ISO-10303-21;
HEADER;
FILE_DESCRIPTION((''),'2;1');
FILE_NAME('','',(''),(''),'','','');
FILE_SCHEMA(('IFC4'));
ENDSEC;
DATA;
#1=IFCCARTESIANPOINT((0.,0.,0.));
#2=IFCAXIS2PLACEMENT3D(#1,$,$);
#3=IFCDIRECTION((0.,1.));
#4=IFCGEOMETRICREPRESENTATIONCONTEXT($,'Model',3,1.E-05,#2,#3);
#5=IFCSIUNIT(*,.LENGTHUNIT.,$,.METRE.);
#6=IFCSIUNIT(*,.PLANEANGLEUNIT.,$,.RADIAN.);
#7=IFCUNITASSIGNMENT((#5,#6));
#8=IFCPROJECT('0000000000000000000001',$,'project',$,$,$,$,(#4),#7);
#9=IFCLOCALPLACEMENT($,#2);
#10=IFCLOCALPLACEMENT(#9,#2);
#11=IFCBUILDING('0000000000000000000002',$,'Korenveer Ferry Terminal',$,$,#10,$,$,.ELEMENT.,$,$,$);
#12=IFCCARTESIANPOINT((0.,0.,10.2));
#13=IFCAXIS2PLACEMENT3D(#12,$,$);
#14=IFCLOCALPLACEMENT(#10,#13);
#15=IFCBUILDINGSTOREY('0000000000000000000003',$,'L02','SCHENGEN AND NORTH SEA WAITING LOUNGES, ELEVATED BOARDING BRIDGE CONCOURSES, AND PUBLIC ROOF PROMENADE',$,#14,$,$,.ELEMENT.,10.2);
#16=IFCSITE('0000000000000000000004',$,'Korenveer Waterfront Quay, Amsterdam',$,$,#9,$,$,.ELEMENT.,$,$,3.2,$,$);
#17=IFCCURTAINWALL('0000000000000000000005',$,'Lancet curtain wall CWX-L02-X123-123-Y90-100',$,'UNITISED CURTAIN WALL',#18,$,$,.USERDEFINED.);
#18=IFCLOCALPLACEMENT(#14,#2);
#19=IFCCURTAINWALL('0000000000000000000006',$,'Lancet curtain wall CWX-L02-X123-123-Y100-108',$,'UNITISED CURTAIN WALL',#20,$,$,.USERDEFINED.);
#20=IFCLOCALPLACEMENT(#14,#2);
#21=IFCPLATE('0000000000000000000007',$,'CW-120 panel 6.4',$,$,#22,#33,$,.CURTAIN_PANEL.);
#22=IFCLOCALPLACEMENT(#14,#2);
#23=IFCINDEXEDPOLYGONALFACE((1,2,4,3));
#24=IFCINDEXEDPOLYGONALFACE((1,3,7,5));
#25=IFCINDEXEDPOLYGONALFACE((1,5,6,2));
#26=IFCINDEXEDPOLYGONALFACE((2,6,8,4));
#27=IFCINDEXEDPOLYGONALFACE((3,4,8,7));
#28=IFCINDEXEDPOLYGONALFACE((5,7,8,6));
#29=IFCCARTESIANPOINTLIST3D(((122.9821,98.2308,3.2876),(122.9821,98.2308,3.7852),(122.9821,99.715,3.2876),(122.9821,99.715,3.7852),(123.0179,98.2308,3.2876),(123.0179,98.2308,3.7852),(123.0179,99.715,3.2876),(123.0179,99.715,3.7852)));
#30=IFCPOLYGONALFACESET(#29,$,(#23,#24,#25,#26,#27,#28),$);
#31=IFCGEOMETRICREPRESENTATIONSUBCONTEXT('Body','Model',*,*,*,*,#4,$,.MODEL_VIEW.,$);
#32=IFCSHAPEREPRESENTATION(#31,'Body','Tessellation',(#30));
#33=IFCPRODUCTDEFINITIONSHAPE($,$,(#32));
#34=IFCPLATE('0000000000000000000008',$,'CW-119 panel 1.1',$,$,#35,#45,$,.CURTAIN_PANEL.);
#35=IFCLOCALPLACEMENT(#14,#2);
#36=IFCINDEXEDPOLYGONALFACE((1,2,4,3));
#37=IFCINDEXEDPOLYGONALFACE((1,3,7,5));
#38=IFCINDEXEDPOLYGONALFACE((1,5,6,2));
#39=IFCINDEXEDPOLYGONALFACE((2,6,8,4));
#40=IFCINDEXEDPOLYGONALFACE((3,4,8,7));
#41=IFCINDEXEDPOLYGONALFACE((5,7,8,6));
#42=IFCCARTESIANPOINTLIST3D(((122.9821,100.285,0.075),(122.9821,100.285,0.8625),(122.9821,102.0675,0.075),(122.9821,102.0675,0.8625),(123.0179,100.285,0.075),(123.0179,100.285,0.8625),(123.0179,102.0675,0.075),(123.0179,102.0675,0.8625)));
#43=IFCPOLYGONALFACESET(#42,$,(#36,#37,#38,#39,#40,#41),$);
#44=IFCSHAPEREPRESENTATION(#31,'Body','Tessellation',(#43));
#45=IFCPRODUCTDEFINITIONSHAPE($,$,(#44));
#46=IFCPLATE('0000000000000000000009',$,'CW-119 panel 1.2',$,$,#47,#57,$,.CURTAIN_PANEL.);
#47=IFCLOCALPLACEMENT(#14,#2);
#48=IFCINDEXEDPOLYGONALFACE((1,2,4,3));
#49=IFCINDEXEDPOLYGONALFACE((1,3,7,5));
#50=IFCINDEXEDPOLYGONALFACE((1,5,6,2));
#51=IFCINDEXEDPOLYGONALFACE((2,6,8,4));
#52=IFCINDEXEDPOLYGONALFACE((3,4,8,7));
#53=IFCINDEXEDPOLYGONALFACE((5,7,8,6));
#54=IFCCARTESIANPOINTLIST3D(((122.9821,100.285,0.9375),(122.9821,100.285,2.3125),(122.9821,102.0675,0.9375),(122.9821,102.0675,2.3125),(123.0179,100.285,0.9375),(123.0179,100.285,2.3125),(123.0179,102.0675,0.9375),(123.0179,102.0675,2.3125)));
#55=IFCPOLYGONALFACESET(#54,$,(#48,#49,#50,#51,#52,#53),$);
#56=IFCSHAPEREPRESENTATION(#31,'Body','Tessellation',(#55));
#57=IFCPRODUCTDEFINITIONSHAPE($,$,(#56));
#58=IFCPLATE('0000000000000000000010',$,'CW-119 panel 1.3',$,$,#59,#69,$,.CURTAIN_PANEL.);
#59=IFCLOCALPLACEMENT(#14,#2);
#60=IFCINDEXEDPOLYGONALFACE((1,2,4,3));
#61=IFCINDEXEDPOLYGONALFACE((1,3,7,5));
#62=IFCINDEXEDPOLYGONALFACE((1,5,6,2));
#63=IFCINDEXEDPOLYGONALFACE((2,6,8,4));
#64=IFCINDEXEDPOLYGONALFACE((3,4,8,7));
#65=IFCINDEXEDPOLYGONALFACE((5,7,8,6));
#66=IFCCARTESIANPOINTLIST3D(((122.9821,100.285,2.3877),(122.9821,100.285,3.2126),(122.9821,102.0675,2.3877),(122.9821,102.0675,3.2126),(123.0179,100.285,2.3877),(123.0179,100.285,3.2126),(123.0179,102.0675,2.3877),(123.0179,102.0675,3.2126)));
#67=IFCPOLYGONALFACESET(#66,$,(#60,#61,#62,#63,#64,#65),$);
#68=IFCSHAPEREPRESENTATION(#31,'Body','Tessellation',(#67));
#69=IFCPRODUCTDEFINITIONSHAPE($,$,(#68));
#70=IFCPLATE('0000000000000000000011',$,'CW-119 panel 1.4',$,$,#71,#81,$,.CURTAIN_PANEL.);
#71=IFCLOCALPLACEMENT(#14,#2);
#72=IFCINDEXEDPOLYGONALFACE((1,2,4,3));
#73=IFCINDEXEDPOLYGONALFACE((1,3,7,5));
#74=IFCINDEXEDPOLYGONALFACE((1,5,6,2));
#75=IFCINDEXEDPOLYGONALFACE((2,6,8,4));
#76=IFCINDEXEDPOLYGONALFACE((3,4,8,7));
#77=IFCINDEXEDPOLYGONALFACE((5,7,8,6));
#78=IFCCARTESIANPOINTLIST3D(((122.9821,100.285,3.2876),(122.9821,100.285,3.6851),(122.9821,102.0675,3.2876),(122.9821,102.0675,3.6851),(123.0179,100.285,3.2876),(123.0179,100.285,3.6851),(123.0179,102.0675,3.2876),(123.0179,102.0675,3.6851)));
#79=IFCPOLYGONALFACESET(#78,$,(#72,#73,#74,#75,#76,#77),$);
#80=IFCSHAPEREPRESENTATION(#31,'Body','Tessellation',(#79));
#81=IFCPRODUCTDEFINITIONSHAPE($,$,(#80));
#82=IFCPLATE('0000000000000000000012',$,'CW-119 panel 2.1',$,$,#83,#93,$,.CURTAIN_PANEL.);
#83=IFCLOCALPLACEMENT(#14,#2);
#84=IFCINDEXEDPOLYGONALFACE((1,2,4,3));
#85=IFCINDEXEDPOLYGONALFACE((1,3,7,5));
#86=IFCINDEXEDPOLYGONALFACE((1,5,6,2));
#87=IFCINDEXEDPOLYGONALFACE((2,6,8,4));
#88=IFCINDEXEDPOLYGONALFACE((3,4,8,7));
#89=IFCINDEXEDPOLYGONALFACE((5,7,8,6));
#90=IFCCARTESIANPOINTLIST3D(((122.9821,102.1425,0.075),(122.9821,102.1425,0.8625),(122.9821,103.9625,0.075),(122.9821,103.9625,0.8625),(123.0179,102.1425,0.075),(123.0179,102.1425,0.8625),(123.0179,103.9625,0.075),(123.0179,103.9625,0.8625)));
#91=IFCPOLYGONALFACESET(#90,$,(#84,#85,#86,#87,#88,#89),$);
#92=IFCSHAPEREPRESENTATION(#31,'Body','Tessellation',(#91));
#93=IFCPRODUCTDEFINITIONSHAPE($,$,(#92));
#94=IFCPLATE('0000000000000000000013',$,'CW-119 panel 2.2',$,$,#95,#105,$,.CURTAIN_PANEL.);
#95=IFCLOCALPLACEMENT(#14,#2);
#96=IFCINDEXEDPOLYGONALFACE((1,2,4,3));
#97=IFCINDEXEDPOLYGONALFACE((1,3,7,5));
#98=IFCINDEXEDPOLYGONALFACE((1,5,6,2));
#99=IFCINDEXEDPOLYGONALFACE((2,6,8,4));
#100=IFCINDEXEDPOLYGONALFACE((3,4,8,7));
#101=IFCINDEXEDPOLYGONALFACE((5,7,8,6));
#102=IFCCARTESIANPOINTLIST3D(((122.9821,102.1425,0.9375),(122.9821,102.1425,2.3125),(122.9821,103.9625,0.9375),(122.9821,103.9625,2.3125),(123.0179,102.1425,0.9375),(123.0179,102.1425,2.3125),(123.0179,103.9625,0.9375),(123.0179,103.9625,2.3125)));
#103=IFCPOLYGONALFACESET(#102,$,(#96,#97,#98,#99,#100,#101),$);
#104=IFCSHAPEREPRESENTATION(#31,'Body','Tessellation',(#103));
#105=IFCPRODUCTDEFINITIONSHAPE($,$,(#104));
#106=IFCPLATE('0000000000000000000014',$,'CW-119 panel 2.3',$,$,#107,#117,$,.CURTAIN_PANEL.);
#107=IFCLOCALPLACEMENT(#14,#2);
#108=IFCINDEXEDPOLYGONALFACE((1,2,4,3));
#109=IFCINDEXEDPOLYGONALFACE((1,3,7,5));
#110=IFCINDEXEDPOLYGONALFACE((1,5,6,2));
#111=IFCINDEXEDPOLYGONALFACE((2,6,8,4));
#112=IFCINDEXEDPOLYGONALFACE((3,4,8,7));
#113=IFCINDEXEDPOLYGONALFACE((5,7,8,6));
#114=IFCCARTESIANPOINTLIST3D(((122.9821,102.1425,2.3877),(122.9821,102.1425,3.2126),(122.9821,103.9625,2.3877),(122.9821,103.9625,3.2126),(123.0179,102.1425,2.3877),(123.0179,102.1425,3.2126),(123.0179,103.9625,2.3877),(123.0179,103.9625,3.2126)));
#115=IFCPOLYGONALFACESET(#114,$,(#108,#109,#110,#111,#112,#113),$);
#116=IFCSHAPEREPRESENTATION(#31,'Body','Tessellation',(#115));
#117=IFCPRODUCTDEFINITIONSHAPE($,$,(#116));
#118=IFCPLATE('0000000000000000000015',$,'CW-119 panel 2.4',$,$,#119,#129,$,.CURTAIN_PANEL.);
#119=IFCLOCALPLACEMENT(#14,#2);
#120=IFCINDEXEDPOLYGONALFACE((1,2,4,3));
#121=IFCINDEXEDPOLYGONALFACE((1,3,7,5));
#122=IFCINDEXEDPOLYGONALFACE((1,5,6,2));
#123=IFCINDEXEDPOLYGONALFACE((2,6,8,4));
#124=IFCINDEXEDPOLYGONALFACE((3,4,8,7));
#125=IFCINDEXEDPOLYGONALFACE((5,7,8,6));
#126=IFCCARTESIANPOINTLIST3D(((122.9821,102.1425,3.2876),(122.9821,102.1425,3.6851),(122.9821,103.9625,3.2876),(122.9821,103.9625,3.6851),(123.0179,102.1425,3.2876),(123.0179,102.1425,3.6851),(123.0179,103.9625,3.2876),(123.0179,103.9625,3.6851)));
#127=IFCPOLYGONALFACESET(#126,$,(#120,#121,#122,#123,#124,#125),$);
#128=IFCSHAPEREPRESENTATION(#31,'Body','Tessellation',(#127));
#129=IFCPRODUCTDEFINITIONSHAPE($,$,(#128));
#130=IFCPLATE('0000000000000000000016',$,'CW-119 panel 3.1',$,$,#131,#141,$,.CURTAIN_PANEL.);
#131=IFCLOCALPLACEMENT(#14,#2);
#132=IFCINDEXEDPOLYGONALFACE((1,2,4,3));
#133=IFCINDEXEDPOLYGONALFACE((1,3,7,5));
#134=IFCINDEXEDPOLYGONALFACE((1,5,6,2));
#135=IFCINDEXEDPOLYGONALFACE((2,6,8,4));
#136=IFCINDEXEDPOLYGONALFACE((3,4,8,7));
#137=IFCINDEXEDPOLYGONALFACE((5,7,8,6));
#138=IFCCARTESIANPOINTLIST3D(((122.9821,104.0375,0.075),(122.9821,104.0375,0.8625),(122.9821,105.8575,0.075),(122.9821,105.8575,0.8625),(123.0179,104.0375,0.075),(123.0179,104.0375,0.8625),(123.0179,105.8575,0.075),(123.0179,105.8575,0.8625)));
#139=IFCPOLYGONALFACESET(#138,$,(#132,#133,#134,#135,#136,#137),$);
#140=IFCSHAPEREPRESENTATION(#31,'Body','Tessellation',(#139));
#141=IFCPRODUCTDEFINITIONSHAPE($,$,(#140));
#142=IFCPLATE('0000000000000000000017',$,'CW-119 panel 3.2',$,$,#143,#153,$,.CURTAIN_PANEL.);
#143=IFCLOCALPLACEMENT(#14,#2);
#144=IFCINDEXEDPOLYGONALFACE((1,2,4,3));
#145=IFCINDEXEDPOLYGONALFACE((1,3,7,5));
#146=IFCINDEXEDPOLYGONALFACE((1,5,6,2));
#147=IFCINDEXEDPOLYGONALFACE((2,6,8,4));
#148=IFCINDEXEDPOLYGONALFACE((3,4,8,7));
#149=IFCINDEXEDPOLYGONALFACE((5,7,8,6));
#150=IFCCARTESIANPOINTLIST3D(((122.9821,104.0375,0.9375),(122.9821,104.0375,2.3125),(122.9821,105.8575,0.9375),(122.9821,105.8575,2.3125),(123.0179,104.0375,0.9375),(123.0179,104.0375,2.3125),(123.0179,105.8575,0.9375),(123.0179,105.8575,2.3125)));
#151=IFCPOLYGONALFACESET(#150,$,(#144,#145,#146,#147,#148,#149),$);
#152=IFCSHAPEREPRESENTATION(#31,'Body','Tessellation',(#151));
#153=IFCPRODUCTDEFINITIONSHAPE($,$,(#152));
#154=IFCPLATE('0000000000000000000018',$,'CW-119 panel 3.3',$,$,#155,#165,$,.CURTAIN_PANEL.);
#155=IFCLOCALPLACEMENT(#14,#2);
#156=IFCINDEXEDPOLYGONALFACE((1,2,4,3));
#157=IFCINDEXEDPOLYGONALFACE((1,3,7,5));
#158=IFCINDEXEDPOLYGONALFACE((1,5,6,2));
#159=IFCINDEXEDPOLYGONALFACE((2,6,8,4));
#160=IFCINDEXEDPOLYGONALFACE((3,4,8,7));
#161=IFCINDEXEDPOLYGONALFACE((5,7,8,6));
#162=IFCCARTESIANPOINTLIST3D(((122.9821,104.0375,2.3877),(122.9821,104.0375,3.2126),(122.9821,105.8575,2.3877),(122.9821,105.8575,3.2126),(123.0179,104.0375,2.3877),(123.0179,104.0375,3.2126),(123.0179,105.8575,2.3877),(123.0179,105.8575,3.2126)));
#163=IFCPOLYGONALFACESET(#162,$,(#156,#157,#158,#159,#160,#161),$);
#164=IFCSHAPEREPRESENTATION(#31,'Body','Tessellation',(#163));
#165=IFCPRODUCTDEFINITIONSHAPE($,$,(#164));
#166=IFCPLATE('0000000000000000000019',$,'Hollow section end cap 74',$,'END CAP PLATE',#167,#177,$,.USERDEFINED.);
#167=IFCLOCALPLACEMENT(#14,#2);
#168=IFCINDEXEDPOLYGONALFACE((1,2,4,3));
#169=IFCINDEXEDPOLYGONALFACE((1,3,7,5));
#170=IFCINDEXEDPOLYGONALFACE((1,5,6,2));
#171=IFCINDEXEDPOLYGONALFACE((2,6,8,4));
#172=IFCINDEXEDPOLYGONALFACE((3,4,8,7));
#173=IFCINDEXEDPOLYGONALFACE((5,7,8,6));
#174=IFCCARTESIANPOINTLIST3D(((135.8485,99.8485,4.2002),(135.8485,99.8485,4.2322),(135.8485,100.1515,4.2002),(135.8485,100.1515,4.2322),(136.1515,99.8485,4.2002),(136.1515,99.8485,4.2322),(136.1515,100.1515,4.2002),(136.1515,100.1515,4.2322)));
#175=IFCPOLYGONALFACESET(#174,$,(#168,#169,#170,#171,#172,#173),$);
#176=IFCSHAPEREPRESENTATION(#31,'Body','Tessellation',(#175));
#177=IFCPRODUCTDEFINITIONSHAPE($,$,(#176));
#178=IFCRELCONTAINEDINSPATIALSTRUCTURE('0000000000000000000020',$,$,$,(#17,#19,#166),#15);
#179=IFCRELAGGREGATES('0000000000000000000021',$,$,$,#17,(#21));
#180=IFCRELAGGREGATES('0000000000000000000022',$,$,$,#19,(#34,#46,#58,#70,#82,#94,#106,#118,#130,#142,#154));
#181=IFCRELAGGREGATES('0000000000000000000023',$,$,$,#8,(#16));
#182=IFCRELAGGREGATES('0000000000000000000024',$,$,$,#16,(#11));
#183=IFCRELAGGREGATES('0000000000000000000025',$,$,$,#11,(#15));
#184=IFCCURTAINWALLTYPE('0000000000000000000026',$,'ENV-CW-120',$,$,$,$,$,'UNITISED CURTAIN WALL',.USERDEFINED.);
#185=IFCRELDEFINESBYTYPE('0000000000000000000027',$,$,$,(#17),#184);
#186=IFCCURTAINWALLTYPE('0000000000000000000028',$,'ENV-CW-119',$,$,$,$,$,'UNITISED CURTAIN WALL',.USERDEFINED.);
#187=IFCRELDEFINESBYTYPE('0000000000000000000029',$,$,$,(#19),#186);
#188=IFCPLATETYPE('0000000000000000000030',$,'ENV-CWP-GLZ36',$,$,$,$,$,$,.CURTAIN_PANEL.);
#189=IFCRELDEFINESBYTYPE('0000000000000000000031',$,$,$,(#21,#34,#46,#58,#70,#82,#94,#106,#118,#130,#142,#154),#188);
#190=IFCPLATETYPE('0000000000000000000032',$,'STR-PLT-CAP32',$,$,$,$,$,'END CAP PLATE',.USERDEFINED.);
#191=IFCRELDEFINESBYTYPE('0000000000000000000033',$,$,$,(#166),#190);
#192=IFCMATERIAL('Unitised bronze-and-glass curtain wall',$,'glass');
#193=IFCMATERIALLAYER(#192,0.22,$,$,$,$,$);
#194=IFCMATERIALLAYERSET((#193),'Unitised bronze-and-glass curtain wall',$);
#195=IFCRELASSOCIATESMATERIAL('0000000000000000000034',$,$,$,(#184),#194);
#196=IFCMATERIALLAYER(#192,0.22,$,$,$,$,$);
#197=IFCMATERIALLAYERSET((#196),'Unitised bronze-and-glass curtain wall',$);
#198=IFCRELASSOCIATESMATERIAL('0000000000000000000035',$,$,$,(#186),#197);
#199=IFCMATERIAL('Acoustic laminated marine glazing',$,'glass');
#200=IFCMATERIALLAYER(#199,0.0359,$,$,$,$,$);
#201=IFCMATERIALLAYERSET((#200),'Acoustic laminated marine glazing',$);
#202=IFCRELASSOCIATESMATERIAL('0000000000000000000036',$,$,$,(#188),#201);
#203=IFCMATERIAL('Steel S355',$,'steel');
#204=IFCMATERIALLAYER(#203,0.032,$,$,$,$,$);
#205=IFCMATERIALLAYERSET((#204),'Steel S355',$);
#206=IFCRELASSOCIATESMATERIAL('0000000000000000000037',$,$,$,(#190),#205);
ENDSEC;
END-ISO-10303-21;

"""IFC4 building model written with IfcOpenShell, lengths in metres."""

from ifc_helpers import new_model, si_unit, direction, frame, origin, origin_2d, place, context, subcontext, project, spatial, rectangle, extrude, material, layer, layer_set, type_object, element, aggregate, save


model = new_model("IFC4")

# Units and contexts
model_context = context("Model", 3, precision=1e-05, world=origin(), true_north=direction((0.0, 1.0)))
body_context = subcontext(model_context, "Body", "Model", "MODEL_VIEW")
ifc_project = project(units=[si_unit("LENGTHUNIT", "METRE"), si_unit("PLANEANGLEUNIT", "RADIAN")], contexts=[model_context])

# Site, building, storey
site_placement = place(None, origin())
site = spatial("IfcSite", under=ifc_project, at=site_placement, Name="Korenveer Waterfront Quay, Amsterdam", CompositionType="ELEMENT", RefElevation=3.2)
building_placement = place(site_placement, origin())
building = spatial("IfcBuilding", under=site, at=building_placement, Name="Korenveer Ferry Terminal", CompositionType="ELEMENT")
storey_placement = place(building_placement, frame((0.0, 0.0, 10.2)))
storey = spatial("IfcBuildingStorey", under=building, at=storey_placement, Name="L02", Description="SCHENGEN AND NORTH SEA WAITING LOUNGES, ELEVATED BOARDING BRIDGE CONCOURSES, AND PUBLIC ROOF PROMENADE", CompositionType="ELEMENT", Elevation=10.2)

# Shared definitions
ifc_material_1 = material(Name="Steel S355", Category="steel")

# Curtain wall
ifc_material_2 = material(Name="Unitised bronze-and-glass curtain wall", Category="glass")
ifc_layer_1 = layer(ifc_material_2, 0.22)
ifc_layer_set_1 = layer_set([ifc_layer_1], Name="Unitised bronze-and-glass curtain wall")
curtain_wall_type_1 = type_object("IfcCurtainWallType", Name="ENV-CW-120", ElementType="UNITISED CURTAIN WALL", PredefinedType="USERDEFINED", material=ifc_layer_set_1)
curtain_wall_1_placement = place(storey_placement, frame((123.0, 90.21, 0.0)))
curtain_wall_1 = element("IfcCurtainWall", 1, at=curtain_wall_1_placement, inside=storey, type_object=curtain_wall_type_1, Name="Lancet curtain wall CWX-L02-X123-123-Y90-100", ObjectType="UNITISED CURTAIN WALL", PredefinedType="USERDEFINED")

# Curtain wall
ifc_layer_2 = layer(ifc_material_2, 0.22)
ifc_layer_set_2 = layer_set([ifc_layer_2], Name="Unitised bronze-and-glass curtain wall")
curtain_wall_type_2 = type_object("IfcCurtainWallType", Name="ENV-CW-119", ElementType="UNITISED CURTAIN WALL", PredefinedType="USERDEFINED", material=ifc_layer_set_2)
curtain_wall_2_placement = place(storey_placement, frame((123.0, 100.21, 0.0)))
curtain_wall_2 = element("IfcCurtainWall", 2, at=curtain_wall_2_placement, inside=storey, type_object=curtain_wall_type_2, Name="Lancet curtain wall CWX-L02-X123-123-Y100-108", ObjectType="UNITISED CURTAIN WALL", PredefinedType="USERDEFINED")

# Plates
ifc_material_3 = material(Name="Acoustic laminated marine glazing", Category="glass")
ifc_layer_3 = layer(ifc_material_3, 0.0359)
ifc_layer_set_3 = layer_set([ifc_layer_3], Name="Acoustic laminated marine glazing")
plate_type_1 = type_object("IfcPlateType", Name="ENV-CWP-GLZ36", PredefinedType="CURTAIN_PANEL", material=ifc_layer_set_3)
plate_1_placement = place(storey_placement, frame((123.0, 98.9729, 3.2876), z_axis=(0.0, 0.0, 1.0), x_axis=(0.0, 1.0, 0.0)))
plate_1 = element("IfcPlate", 3, at=plate_1_placement, type_object=plate_type_1, Name="CW-120 panel 6.4", PredefinedType="CURTAIN_PANEL", context=body_context, shape_type="SweptSolid", body=[
    extrude(rectangle(XDim=1.4841, YDim=0.0359, at=origin_2d()), origin(), (0.0, 0.0, 1.0), 0.4976),
])
aggregate(curtain_wall_1, [plate_1])
plate_2_placement = place(storey_placement, frame((123.0, 101.1763, 0.075), z_axis=(0.0, 0.0, 1.0), x_axis=(0.0, 1.0, 0.0)))
plate_2 = element("IfcPlate", 4, at=plate_2_placement, type_object=plate_type_1, Name="CW-119 panel 1.1", PredefinedType="CURTAIN_PANEL", context=body_context, shape_type="SweptSolid", body=[
    extrude(rectangle(XDim=1.7825, YDim=0.0359, at=origin_2d()), origin(), (0.0, 0.0, 1.0), 0.7876),
])
plate_3_placement = place(storey_placement, frame((123.0, 101.1763, 0.9375), z_axis=(0.0, 0.0, 1.0), x_axis=(0.0, 1.0, 0.0)))
plate_3 = element("IfcPlate", 5, at=plate_3_placement, type_object=plate_type_1, Name="CW-119 panel 1.2", PredefinedType="CURTAIN_PANEL", context=body_context, shape_type="SweptSolid", body=[
    extrude(rectangle(XDim=1.7825, YDim=0.0359, at=origin_2d()), origin(), (0.0, 0.0, 1.0), 1.375),
])
plate_4_placement = place(storey_placement, frame((123.0, 101.1763, 2.3877), z_axis=(0.0, 0.0, 1.0), x_axis=(0.0, 1.0, 0.0)))
plate_4 = element("IfcPlate", 6, at=plate_4_placement, type_object=plate_type_1, Name="CW-119 panel 1.3", PredefinedType="CURTAIN_PANEL", context=body_context, shape_type="SweptSolid", body=[
    extrude(rectangle(XDim=1.7825, YDim=0.0359, at=origin_2d()), origin(), (0.0, 0.0, 1.0), 0.825),
])
plate_5_placement = place(storey_placement, frame((123.0, 101.1763, 3.2876), z_axis=(0.0, 0.0, 1.0), x_axis=(0.0, 1.0, 0.0)))
plate_5 = element("IfcPlate", 7, at=plate_5_placement, type_object=plate_type_1, Name="CW-119 panel 1.4", PredefinedType="CURTAIN_PANEL", context=body_context, shape_type="SweptSolid", body=[
    extrude(rectangle(XDim=1.7825, YDim=0.0359, at=origin_2d()), origin(), (0.0, 0.0, 1.0), 0.3975),
])
plate_6_placement = place(storey_placement, frame((123.0, 103.0525, 0.075), z_axis=(0.0, 0.0, 1.0), x_axis=(0.0, 1.0, 0.0)))
plate_6 = element("IfcPlate", 8, at=plate_6_placement, type_object=plate_type_1, Name="CW-119 panel 2.1", PredefinedType="CURTAIN_PANEL", context=body_context, shape_type="SweptSolid", body=[
    extrude(rectangle(XDim=1.8201, YDim=0.0359, at=origin_2d()), origin(), (0.0, 0.0, 1.0), 0.7876),
])
plate_7_placement = place(storey_placement, frame((123.0, 103.0525, 0.9375), z_axis=(0.0, 0.0, 1.0), x_axis=(0.0, 1.0, 0.0)))
plate_7 = element("IfcPlate", 9, at=plate_7_placement, type_object=plate_type_1, Name="CW-119 panel 2.2", PredefinedType="CURTAIN_PANEL", context=body_context, shape_type="SweptSolid", body=[
    extrude(rectangle(XDim=1.8201, YDim=0.0359, at=origin_2d()), origin(), (0.0, 0.0, 1.0), 1.375),
])
plate_8_placement = place(storey_placement, frame((123.0, 103.0525, 2.3877), z_axis=(0.0, 0.0, 1.0), x_axis=(0.0, 1.0, 0.0)))
plate_8 = element("IfcPlate", 10, at=plate_8_placement, type_object=plate_type_1, Name="CW-119 panel 2.3", PredefinedType="CURTAIN_PANEL", context=body_context, shape_type="SweptSolid", body=[
    extrude(rectangle(XDim=1.8201, YDim=0.0359, at=origin_2d()), origin(), (0.0, 0.0, 1.0), 0.825),
])
plate_9_placement = place(storey_placement, frame((123.0, 103.0525, 3.2876), z_axis=(0.0, 0.0, 1.0), x_axis=(0.0, 1.0, 0.0)))
plate_9 = element("IfcPlate", 11, at=plate_9_placement, type_object=plate_type_1, Name="CW-119 panel 2.4", PredefinedType="CURTAIN_PANEL", context=body_context, shape_type="SweptSolid", body=[
    extrude(rectangle(XDim=1.8201, YDim=0.0359, at=origin_2d()), origin(), (0.0, 0.0, 1.0), 0.3975),
])
plate_10_placement = place(storey_placement, frame((123.0, 104.9475, 0.075), z_axis=(0.0, 0.0, 1.0), x_axis=(0.0, 1.0, 0.0)))
plate_10 = element("IfcPlate", 12, at=plate_10_placement, type_object=plate_type_1, Name="CW-119 panel 3.1", PredefinedType="CURTAIN_PANEL", context=body_context, shape_type="SweptSolid", body=[
    extrude(rectangle(XDim=1.8201, YDim=0.0359, at=origin_2d()), origin(), (0.0, 0.0, 1.0), 0.7876),
])
plate_11_placement = place(storey_placement, frame((123.0, 104.9475, 0.9375), z_axis=(0.0, 0.0, 1.0), x_axis=(0.0, 1.0, 0.0)))
plate_11 = element("IfcPlate", 13, at=plate_11_placement, type_object=plate_type_1, Name="CW-119 panel 3.2", PredefinedType="CURTAIN_PANEL", context=body_context, shape_type="SweptSolid", body=[
    extrude(rectangle(XDim=1.8201, YDim=0.0359, at=origin_2d()), origin(), (0.0, 0.0, 1.0), 1.375),
])
plate_12_placement = place(storey_placement, frame((123.0, 104.9475, 2.3877), z_axis=(0.0, 0.0, 1.0), x_axis=(0.0, 1.0, 0.0)))
plate_12 = element("IfcPlate", 14, at=plate_12_placement, type_object=plate_type_1, Name="CW-119 panel 3.3", PredefinedType="CURTAIN_PANEL", context=body_context, shape_type="SweptSolid", body=[
    extrude(rectangle(XDim=1.8201, YDim=0.0359, at=origin_2d()), origin(), (0.0, 0.0, 1.0), 0.825),
])
aggregate(curtain_wall_2, [plate_2, plate_3, plate_4, plate_5, plate_6, plate_7, plate_8, plate_9, plate_10, plate_11, plate_12])
ifc_layer_4 = layer(ifc_material_1, 0.032)
ifc_layer_set_4 = layer_set([ifc_layer_4], Name="Steel S355")
plate_type_2 = type_object("IfcPlateType", Name="STR-PLT-CAP32", ElementType="END CAP PLATE", PredefinedType="USERDEFINED", material=ifc_layer_set_4)
plate_13_placement = place(storey_placement, frame((136.0, 100.0, 4.2002), z_axis=(0.0, 0.0, 1.0), x_axis=(1.0, 0.0, 0.0)))
element("IfcPlate", 15, at=plate_13_placement, inside=storey, type_object=plate_type_2, Name="Hollow section end cap 74", ObjectType="END CAP PLATE", PredefinedType="USERDEFINED", context=body_context, shape_type="SweptSolid", body=[
    extrude(rectangle(XDim=0.303, YDim=0.303, at=origin_2d()), origin(), (0.0, 0.0, 1.0), 0.032),
])

save(model, "model.ifc")
